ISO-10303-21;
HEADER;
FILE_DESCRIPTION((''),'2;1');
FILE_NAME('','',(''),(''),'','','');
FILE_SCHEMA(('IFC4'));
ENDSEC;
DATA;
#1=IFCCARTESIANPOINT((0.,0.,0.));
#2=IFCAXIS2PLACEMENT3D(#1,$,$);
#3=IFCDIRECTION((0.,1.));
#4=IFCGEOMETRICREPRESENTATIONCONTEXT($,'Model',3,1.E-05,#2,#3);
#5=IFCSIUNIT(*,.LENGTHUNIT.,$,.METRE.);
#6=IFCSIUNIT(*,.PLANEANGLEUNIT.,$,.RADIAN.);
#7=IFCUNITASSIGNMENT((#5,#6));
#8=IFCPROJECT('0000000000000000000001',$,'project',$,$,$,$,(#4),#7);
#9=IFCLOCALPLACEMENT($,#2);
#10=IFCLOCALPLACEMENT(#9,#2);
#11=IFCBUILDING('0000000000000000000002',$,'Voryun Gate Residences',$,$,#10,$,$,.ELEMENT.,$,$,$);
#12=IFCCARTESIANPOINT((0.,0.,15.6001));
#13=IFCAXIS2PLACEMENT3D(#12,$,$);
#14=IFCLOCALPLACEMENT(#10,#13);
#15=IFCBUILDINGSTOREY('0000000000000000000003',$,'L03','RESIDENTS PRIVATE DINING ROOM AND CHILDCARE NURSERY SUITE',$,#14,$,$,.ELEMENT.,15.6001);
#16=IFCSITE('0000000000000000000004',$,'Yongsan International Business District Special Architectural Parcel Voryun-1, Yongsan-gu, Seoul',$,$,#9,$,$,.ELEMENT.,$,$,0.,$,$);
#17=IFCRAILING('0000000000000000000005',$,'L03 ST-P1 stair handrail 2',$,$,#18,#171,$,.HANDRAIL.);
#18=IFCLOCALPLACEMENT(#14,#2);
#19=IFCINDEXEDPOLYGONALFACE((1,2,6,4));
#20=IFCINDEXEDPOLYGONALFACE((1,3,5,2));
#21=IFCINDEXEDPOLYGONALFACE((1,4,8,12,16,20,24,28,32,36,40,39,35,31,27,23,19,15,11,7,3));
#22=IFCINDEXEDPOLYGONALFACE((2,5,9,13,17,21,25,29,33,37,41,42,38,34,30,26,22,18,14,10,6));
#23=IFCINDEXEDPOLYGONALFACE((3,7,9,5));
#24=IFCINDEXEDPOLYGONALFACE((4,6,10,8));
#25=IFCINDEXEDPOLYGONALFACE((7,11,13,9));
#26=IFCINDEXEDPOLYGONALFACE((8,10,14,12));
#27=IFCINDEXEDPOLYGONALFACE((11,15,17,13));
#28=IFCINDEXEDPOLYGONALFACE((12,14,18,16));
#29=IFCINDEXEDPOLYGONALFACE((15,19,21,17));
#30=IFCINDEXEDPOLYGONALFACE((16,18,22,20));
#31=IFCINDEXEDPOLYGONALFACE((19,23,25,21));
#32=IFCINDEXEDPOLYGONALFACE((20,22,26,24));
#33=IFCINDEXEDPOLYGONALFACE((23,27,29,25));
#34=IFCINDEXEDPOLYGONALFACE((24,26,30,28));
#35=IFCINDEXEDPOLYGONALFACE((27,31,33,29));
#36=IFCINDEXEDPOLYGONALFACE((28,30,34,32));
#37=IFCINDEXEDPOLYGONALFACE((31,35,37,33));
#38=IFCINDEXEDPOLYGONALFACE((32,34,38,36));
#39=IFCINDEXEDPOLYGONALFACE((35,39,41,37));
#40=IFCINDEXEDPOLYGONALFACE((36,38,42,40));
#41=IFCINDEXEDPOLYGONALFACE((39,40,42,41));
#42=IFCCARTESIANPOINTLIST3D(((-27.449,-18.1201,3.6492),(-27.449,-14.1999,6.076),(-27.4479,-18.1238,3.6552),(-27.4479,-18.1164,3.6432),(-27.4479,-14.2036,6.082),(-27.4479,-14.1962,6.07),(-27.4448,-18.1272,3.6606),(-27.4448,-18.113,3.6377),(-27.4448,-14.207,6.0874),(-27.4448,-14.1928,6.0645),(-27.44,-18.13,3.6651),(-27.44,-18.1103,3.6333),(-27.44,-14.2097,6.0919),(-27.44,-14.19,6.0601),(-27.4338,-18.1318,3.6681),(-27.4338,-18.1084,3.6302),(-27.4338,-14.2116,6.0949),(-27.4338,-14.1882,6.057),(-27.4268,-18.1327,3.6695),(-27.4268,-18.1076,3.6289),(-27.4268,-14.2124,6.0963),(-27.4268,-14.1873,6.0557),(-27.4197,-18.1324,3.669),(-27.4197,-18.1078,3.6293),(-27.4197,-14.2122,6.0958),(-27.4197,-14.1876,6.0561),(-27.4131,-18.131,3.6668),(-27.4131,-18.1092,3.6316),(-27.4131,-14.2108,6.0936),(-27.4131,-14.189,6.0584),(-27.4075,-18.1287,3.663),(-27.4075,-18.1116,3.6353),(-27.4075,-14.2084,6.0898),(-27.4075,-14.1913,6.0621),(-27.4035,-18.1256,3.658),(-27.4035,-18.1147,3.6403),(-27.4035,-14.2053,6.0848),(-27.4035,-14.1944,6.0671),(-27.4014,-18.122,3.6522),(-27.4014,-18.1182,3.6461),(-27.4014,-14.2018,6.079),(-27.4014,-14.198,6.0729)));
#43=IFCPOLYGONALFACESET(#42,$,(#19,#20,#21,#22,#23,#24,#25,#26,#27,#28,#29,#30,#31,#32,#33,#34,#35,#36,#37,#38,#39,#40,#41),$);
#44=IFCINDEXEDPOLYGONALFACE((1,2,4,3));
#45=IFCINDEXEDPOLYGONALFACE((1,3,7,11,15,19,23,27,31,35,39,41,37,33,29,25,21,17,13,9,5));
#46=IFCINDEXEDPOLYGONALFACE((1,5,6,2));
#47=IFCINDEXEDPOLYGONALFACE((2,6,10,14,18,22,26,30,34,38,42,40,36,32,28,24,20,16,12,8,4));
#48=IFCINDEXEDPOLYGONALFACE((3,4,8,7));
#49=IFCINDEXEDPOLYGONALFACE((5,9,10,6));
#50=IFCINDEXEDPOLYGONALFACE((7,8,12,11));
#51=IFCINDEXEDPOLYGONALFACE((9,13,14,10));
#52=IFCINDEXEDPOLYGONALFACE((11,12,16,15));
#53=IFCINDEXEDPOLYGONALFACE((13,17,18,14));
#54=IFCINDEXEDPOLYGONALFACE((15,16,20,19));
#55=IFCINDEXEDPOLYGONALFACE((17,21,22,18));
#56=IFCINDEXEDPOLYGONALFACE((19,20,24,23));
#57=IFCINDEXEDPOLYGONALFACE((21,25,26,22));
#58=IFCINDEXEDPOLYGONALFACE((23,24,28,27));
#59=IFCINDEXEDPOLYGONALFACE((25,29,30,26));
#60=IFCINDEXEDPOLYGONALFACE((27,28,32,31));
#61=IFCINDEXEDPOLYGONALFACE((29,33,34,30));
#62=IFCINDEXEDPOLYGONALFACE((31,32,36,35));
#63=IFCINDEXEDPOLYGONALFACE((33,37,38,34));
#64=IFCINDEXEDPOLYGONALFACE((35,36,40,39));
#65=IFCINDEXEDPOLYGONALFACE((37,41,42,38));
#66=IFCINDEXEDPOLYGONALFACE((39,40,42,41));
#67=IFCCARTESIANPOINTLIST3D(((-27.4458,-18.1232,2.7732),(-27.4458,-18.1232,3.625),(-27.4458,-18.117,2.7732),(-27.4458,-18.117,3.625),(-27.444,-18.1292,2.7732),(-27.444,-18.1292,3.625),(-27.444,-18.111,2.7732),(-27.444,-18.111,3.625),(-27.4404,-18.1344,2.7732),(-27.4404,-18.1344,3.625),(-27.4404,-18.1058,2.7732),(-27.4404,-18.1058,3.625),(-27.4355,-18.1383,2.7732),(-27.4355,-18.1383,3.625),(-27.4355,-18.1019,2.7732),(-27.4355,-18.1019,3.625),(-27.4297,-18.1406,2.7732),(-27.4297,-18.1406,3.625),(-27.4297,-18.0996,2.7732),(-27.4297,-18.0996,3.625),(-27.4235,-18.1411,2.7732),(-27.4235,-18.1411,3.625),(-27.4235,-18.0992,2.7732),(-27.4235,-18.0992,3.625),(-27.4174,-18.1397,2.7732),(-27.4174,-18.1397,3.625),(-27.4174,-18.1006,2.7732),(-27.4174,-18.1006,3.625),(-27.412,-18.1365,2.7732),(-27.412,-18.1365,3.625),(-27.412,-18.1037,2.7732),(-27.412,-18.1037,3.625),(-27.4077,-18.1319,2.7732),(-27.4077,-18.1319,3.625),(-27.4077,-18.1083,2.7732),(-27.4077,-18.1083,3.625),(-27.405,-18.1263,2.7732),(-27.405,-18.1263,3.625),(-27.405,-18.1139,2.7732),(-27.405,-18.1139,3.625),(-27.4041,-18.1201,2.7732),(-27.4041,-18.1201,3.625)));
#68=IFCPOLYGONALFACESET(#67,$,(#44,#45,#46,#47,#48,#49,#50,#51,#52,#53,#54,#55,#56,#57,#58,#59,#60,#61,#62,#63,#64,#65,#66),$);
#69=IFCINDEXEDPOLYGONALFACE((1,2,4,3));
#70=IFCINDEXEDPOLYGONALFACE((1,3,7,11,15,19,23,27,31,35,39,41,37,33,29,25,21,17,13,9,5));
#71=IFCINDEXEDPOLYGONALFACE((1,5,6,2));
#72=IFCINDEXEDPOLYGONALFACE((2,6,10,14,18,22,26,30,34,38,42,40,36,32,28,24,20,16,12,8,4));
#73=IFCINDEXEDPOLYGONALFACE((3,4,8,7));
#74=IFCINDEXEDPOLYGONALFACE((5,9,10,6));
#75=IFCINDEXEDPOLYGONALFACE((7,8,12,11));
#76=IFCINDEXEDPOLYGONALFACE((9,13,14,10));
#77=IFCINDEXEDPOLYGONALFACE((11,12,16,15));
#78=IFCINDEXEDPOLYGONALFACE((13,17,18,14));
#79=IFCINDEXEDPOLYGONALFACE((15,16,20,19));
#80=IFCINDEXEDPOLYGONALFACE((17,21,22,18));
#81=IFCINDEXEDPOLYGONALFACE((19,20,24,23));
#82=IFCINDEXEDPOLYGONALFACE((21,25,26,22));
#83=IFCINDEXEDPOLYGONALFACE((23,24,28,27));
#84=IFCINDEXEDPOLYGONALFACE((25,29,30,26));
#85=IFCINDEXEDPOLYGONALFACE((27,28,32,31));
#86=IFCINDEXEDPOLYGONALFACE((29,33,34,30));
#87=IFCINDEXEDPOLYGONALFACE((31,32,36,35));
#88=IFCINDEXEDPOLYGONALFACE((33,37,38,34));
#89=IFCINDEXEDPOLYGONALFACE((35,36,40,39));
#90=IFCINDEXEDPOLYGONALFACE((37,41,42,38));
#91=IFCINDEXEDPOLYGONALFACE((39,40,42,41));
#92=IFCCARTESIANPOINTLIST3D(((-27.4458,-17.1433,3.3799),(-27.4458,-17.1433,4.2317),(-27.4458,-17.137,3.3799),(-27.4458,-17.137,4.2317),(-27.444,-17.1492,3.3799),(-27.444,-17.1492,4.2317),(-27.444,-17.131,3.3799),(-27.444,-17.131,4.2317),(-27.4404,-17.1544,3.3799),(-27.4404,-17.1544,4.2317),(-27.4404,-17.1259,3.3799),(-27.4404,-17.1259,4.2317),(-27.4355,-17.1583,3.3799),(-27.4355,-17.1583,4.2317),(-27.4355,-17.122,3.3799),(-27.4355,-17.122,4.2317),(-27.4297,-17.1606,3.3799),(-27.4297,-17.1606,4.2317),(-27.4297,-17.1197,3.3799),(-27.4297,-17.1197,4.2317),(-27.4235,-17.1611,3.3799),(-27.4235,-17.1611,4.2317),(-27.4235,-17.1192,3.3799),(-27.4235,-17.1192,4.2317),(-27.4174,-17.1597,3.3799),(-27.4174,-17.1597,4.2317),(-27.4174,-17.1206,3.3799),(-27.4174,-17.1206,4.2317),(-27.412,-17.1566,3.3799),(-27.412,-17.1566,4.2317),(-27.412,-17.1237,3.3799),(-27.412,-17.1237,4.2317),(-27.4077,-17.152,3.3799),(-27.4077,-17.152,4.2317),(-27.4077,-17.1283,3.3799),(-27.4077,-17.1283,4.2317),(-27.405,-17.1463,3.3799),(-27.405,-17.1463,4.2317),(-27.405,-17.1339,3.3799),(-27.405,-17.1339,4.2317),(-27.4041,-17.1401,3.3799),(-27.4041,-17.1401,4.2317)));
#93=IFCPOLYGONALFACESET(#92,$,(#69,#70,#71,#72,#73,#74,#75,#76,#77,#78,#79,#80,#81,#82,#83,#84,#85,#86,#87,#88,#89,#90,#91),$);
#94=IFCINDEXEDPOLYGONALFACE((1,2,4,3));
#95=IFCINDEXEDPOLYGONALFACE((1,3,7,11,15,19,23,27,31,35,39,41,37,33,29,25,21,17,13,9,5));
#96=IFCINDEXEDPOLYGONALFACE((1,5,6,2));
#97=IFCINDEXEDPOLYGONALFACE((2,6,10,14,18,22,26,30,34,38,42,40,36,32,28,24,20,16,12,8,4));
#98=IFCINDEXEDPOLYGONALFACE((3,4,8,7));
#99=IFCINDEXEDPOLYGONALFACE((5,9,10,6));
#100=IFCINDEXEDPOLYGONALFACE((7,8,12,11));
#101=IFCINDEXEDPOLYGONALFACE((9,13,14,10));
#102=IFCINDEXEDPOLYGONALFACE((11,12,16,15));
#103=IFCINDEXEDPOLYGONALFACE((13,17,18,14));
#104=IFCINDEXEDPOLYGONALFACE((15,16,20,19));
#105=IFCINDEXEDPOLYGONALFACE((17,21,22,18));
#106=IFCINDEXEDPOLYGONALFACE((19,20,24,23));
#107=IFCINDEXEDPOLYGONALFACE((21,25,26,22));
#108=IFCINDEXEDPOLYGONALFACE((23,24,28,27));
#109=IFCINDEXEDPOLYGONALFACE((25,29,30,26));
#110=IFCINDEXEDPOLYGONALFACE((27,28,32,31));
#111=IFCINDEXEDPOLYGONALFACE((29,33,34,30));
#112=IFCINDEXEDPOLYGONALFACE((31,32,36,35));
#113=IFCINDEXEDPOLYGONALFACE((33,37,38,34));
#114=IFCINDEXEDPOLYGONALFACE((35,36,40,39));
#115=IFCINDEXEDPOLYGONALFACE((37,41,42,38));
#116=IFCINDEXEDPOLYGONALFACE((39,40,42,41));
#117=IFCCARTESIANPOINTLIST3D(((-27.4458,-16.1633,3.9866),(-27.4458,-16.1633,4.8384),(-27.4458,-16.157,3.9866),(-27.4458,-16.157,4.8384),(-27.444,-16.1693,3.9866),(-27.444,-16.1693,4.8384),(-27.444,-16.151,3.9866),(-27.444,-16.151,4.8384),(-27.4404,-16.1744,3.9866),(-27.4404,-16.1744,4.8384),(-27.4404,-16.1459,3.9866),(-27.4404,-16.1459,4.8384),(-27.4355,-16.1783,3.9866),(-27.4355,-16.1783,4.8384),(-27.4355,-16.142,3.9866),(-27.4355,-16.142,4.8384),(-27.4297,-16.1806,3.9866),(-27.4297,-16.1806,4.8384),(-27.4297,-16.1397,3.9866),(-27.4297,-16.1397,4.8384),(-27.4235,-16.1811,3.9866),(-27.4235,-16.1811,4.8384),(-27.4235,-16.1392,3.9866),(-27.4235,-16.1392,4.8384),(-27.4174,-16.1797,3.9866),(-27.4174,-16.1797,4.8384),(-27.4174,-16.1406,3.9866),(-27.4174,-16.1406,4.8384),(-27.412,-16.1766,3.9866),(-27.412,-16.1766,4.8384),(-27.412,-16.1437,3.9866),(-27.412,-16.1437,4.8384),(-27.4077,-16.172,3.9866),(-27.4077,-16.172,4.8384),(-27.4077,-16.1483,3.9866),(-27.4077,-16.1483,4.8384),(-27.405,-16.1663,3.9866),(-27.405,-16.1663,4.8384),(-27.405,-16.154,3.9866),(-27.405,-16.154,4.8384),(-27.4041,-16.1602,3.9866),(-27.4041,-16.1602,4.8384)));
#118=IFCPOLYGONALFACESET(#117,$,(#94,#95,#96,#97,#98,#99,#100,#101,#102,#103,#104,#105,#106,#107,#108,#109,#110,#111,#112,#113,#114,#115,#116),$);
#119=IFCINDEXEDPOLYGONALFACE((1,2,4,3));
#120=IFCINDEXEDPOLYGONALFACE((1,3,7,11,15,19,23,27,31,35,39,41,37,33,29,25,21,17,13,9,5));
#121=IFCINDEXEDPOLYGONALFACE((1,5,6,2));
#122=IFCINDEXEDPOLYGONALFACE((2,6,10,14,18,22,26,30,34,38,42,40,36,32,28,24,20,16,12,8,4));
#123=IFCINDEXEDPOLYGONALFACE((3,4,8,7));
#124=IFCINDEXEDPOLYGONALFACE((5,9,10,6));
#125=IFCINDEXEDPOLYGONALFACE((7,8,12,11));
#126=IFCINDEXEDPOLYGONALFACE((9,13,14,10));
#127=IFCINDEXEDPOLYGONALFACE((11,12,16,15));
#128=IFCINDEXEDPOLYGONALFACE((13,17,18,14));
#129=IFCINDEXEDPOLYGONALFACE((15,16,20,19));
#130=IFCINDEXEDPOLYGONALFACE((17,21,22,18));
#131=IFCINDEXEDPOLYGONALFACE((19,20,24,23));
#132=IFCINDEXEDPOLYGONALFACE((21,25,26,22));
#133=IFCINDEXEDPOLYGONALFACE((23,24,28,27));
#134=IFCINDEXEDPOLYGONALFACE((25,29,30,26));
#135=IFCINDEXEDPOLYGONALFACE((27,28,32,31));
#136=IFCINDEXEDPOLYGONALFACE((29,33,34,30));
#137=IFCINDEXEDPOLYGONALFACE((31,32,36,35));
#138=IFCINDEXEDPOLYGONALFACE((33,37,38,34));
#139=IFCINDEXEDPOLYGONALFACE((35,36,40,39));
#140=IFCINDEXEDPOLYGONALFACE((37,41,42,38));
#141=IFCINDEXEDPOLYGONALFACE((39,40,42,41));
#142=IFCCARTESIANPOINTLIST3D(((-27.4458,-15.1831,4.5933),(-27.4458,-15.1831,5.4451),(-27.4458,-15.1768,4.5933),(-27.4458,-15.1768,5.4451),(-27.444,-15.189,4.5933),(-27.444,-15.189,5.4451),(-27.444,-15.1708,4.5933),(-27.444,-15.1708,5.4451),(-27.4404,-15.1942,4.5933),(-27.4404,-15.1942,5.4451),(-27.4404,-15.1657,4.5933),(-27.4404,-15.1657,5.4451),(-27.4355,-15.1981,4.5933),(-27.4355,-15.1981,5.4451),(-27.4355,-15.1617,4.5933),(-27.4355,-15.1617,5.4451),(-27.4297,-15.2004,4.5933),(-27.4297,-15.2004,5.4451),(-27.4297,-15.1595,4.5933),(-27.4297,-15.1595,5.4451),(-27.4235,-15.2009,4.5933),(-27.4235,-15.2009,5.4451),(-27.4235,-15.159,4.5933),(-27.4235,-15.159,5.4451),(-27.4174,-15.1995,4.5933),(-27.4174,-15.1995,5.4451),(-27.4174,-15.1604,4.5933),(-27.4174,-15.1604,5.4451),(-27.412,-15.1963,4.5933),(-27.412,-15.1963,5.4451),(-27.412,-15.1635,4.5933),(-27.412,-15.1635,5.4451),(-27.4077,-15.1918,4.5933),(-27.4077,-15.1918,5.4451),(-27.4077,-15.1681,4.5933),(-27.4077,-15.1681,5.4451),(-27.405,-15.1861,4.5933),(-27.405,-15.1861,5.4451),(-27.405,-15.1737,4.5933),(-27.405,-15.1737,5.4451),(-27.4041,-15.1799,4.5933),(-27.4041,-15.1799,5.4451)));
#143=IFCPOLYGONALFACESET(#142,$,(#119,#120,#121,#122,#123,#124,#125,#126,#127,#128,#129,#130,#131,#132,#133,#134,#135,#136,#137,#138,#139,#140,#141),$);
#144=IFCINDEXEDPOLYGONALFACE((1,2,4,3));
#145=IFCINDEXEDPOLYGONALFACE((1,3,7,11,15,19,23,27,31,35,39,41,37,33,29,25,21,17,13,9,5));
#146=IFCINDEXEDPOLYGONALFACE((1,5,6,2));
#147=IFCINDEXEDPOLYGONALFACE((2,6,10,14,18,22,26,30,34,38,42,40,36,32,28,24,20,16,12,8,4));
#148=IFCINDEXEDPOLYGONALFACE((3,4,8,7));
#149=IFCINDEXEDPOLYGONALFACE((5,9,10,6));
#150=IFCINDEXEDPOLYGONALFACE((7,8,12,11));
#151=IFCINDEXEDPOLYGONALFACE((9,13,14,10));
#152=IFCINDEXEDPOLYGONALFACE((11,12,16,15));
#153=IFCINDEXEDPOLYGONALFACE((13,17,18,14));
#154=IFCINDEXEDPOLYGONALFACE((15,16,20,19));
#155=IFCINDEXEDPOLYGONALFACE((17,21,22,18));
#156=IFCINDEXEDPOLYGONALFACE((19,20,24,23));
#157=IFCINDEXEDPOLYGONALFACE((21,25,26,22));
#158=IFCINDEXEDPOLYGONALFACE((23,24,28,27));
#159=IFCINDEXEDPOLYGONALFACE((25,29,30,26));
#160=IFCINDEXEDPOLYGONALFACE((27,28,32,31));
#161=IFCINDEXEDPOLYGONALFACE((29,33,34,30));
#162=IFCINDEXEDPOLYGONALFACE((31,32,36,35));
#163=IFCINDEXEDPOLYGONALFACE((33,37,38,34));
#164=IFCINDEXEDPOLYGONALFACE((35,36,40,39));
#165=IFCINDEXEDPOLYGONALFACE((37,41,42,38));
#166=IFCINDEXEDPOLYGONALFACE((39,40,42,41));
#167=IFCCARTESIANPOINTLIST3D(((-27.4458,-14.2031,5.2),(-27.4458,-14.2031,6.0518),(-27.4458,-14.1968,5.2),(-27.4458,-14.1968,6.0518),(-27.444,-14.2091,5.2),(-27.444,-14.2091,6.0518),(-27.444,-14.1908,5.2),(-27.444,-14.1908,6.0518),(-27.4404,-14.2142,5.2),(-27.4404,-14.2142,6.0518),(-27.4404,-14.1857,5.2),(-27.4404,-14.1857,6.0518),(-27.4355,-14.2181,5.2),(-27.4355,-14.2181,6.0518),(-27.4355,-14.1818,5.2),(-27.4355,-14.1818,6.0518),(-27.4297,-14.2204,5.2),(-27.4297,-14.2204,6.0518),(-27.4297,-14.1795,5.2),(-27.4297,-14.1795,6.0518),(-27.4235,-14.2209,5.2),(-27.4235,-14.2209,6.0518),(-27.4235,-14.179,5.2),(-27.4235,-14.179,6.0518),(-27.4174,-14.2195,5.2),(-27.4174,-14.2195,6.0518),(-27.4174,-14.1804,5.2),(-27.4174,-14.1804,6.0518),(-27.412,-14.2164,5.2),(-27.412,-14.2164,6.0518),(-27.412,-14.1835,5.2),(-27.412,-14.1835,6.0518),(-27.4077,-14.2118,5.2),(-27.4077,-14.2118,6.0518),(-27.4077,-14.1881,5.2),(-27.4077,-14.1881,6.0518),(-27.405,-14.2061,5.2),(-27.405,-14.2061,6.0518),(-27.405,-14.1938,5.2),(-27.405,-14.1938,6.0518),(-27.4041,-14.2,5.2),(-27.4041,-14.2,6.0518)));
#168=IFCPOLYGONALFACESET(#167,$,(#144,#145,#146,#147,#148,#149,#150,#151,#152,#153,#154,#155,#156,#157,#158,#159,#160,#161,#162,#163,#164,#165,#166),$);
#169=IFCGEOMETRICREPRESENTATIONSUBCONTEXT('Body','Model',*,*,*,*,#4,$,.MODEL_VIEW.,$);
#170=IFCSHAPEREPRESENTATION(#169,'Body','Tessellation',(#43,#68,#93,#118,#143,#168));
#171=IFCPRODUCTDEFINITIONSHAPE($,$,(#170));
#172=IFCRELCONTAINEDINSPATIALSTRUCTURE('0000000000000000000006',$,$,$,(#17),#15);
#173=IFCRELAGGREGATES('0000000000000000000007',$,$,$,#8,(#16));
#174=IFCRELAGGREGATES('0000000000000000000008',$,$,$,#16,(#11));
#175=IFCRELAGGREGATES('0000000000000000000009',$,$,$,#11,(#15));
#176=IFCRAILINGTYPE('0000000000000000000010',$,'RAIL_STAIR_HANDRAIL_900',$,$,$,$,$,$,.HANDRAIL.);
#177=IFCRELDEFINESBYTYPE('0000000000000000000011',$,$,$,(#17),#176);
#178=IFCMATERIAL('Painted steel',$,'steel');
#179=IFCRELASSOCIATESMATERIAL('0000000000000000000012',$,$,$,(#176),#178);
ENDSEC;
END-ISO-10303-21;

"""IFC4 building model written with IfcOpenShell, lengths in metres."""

from ifc_helpers import new_model, si_unit, direction, frame, origin, origin_2d, place, context, subcontext, project, spatial, circle, extrude, material, type_object, element, save


model = new_model("IFC4")

# Units and contexts
model_context = context("Model", 3, precision=1e-05, world=origin(), true_north=direction((0.0, 1.0)))
body_context = subcontext(model_context, "Body", "Model", "MODEL_VIEW")
ifc_project = project(units=[si_unit("LENGTHUNIT", "METRE"), si_unit("PLANEANGLEUNIT", "RADIAN")], contexts=[model_context])

# Site, building, storey
site_placement = place(None, origin())
site = spatial("IfcSite", under=ifc_project, at=site_placement, Name="Yongsan International Business District Special Architectural Parcel Voryun-1, Yongsan-gu, Seoul", CompositionType="ELEMENT", RefElevation=0.0)
building_placement = place(site_placement, origin())
building = spatial("IfcBuilding", under=site, at=building_placement, Name="Voryun Gate Residences", CompositionType="ELEMENT")
storey_placement = place(building_placement, frame((0.0, 0.0, 15.6001)))
storey = spatial("IfcBuildingStorey", under=building, at=storey_placement, Name="L03", Description="RESIDENTS PRIVATE DINING ROOM AND CHILDCARE NURSERY SUITE", CompositionType="ELEMENT", Elevation=15.6001)

# Railing
ifc_material_1 = material(Name="Painted steel", Category="steel")
railing_type_1 = type_object("IfcRailingType", Name="RAIL_STAIR_HANDRAIL_900", PredefinedType="HANDRAIL", material=ifc_material_1)
railing_1_placement = place(storey_placement, frame((-27.425, -18.1201, 2.7732)))
element("IfcRailing", 1, at=railing_1_placement, inside=storey, type_object=railing_type_1, Name="L03 ST-P1 stair handrail 2", PredefinedType="HANDRAIL", context=body_context, shape_type="SweptSolid", body=[
    extrude(circle(Radius=0.0239, at=origin_2d()), frame((0.0, 0.0, 0.876), z_axis=(0.0, 0.850266, 0.526353), x_axis=(-1.0, 0.0, 0.0)), (0.0, 0.0, 1.0), 4.6106),
    extrude(circle(Radius=0.021, at=origin_2d()), origin(), (0.0, 0.0, 1.0), 0.8518),
    extrude(circle(Radius=0.021, at=origin_2d()), frame((0.0, 0.98, 0.6067)), (0.0, 0.0, 1.0), 0.8518),
    extrude(circle(Radius=0.021, at=origin_2d()), frame((0.0, 1.96, 1.2134)), (0.0, 0.0, 1.0), 0.8518),
    extrude(circle(Radius=0.021, at=origin_2d()), frame((0.0, 2.9402, 1.8201)), (0.0, 0.0, 1.0), 0.8518),
    extrude(circle(Radius=0.021, at=origin_2d()), frame((0.0, 3.9202, 2.4268)), (0.0, 0.0, 1.0), 0.8518),
])

save(model, "model.ifc")
